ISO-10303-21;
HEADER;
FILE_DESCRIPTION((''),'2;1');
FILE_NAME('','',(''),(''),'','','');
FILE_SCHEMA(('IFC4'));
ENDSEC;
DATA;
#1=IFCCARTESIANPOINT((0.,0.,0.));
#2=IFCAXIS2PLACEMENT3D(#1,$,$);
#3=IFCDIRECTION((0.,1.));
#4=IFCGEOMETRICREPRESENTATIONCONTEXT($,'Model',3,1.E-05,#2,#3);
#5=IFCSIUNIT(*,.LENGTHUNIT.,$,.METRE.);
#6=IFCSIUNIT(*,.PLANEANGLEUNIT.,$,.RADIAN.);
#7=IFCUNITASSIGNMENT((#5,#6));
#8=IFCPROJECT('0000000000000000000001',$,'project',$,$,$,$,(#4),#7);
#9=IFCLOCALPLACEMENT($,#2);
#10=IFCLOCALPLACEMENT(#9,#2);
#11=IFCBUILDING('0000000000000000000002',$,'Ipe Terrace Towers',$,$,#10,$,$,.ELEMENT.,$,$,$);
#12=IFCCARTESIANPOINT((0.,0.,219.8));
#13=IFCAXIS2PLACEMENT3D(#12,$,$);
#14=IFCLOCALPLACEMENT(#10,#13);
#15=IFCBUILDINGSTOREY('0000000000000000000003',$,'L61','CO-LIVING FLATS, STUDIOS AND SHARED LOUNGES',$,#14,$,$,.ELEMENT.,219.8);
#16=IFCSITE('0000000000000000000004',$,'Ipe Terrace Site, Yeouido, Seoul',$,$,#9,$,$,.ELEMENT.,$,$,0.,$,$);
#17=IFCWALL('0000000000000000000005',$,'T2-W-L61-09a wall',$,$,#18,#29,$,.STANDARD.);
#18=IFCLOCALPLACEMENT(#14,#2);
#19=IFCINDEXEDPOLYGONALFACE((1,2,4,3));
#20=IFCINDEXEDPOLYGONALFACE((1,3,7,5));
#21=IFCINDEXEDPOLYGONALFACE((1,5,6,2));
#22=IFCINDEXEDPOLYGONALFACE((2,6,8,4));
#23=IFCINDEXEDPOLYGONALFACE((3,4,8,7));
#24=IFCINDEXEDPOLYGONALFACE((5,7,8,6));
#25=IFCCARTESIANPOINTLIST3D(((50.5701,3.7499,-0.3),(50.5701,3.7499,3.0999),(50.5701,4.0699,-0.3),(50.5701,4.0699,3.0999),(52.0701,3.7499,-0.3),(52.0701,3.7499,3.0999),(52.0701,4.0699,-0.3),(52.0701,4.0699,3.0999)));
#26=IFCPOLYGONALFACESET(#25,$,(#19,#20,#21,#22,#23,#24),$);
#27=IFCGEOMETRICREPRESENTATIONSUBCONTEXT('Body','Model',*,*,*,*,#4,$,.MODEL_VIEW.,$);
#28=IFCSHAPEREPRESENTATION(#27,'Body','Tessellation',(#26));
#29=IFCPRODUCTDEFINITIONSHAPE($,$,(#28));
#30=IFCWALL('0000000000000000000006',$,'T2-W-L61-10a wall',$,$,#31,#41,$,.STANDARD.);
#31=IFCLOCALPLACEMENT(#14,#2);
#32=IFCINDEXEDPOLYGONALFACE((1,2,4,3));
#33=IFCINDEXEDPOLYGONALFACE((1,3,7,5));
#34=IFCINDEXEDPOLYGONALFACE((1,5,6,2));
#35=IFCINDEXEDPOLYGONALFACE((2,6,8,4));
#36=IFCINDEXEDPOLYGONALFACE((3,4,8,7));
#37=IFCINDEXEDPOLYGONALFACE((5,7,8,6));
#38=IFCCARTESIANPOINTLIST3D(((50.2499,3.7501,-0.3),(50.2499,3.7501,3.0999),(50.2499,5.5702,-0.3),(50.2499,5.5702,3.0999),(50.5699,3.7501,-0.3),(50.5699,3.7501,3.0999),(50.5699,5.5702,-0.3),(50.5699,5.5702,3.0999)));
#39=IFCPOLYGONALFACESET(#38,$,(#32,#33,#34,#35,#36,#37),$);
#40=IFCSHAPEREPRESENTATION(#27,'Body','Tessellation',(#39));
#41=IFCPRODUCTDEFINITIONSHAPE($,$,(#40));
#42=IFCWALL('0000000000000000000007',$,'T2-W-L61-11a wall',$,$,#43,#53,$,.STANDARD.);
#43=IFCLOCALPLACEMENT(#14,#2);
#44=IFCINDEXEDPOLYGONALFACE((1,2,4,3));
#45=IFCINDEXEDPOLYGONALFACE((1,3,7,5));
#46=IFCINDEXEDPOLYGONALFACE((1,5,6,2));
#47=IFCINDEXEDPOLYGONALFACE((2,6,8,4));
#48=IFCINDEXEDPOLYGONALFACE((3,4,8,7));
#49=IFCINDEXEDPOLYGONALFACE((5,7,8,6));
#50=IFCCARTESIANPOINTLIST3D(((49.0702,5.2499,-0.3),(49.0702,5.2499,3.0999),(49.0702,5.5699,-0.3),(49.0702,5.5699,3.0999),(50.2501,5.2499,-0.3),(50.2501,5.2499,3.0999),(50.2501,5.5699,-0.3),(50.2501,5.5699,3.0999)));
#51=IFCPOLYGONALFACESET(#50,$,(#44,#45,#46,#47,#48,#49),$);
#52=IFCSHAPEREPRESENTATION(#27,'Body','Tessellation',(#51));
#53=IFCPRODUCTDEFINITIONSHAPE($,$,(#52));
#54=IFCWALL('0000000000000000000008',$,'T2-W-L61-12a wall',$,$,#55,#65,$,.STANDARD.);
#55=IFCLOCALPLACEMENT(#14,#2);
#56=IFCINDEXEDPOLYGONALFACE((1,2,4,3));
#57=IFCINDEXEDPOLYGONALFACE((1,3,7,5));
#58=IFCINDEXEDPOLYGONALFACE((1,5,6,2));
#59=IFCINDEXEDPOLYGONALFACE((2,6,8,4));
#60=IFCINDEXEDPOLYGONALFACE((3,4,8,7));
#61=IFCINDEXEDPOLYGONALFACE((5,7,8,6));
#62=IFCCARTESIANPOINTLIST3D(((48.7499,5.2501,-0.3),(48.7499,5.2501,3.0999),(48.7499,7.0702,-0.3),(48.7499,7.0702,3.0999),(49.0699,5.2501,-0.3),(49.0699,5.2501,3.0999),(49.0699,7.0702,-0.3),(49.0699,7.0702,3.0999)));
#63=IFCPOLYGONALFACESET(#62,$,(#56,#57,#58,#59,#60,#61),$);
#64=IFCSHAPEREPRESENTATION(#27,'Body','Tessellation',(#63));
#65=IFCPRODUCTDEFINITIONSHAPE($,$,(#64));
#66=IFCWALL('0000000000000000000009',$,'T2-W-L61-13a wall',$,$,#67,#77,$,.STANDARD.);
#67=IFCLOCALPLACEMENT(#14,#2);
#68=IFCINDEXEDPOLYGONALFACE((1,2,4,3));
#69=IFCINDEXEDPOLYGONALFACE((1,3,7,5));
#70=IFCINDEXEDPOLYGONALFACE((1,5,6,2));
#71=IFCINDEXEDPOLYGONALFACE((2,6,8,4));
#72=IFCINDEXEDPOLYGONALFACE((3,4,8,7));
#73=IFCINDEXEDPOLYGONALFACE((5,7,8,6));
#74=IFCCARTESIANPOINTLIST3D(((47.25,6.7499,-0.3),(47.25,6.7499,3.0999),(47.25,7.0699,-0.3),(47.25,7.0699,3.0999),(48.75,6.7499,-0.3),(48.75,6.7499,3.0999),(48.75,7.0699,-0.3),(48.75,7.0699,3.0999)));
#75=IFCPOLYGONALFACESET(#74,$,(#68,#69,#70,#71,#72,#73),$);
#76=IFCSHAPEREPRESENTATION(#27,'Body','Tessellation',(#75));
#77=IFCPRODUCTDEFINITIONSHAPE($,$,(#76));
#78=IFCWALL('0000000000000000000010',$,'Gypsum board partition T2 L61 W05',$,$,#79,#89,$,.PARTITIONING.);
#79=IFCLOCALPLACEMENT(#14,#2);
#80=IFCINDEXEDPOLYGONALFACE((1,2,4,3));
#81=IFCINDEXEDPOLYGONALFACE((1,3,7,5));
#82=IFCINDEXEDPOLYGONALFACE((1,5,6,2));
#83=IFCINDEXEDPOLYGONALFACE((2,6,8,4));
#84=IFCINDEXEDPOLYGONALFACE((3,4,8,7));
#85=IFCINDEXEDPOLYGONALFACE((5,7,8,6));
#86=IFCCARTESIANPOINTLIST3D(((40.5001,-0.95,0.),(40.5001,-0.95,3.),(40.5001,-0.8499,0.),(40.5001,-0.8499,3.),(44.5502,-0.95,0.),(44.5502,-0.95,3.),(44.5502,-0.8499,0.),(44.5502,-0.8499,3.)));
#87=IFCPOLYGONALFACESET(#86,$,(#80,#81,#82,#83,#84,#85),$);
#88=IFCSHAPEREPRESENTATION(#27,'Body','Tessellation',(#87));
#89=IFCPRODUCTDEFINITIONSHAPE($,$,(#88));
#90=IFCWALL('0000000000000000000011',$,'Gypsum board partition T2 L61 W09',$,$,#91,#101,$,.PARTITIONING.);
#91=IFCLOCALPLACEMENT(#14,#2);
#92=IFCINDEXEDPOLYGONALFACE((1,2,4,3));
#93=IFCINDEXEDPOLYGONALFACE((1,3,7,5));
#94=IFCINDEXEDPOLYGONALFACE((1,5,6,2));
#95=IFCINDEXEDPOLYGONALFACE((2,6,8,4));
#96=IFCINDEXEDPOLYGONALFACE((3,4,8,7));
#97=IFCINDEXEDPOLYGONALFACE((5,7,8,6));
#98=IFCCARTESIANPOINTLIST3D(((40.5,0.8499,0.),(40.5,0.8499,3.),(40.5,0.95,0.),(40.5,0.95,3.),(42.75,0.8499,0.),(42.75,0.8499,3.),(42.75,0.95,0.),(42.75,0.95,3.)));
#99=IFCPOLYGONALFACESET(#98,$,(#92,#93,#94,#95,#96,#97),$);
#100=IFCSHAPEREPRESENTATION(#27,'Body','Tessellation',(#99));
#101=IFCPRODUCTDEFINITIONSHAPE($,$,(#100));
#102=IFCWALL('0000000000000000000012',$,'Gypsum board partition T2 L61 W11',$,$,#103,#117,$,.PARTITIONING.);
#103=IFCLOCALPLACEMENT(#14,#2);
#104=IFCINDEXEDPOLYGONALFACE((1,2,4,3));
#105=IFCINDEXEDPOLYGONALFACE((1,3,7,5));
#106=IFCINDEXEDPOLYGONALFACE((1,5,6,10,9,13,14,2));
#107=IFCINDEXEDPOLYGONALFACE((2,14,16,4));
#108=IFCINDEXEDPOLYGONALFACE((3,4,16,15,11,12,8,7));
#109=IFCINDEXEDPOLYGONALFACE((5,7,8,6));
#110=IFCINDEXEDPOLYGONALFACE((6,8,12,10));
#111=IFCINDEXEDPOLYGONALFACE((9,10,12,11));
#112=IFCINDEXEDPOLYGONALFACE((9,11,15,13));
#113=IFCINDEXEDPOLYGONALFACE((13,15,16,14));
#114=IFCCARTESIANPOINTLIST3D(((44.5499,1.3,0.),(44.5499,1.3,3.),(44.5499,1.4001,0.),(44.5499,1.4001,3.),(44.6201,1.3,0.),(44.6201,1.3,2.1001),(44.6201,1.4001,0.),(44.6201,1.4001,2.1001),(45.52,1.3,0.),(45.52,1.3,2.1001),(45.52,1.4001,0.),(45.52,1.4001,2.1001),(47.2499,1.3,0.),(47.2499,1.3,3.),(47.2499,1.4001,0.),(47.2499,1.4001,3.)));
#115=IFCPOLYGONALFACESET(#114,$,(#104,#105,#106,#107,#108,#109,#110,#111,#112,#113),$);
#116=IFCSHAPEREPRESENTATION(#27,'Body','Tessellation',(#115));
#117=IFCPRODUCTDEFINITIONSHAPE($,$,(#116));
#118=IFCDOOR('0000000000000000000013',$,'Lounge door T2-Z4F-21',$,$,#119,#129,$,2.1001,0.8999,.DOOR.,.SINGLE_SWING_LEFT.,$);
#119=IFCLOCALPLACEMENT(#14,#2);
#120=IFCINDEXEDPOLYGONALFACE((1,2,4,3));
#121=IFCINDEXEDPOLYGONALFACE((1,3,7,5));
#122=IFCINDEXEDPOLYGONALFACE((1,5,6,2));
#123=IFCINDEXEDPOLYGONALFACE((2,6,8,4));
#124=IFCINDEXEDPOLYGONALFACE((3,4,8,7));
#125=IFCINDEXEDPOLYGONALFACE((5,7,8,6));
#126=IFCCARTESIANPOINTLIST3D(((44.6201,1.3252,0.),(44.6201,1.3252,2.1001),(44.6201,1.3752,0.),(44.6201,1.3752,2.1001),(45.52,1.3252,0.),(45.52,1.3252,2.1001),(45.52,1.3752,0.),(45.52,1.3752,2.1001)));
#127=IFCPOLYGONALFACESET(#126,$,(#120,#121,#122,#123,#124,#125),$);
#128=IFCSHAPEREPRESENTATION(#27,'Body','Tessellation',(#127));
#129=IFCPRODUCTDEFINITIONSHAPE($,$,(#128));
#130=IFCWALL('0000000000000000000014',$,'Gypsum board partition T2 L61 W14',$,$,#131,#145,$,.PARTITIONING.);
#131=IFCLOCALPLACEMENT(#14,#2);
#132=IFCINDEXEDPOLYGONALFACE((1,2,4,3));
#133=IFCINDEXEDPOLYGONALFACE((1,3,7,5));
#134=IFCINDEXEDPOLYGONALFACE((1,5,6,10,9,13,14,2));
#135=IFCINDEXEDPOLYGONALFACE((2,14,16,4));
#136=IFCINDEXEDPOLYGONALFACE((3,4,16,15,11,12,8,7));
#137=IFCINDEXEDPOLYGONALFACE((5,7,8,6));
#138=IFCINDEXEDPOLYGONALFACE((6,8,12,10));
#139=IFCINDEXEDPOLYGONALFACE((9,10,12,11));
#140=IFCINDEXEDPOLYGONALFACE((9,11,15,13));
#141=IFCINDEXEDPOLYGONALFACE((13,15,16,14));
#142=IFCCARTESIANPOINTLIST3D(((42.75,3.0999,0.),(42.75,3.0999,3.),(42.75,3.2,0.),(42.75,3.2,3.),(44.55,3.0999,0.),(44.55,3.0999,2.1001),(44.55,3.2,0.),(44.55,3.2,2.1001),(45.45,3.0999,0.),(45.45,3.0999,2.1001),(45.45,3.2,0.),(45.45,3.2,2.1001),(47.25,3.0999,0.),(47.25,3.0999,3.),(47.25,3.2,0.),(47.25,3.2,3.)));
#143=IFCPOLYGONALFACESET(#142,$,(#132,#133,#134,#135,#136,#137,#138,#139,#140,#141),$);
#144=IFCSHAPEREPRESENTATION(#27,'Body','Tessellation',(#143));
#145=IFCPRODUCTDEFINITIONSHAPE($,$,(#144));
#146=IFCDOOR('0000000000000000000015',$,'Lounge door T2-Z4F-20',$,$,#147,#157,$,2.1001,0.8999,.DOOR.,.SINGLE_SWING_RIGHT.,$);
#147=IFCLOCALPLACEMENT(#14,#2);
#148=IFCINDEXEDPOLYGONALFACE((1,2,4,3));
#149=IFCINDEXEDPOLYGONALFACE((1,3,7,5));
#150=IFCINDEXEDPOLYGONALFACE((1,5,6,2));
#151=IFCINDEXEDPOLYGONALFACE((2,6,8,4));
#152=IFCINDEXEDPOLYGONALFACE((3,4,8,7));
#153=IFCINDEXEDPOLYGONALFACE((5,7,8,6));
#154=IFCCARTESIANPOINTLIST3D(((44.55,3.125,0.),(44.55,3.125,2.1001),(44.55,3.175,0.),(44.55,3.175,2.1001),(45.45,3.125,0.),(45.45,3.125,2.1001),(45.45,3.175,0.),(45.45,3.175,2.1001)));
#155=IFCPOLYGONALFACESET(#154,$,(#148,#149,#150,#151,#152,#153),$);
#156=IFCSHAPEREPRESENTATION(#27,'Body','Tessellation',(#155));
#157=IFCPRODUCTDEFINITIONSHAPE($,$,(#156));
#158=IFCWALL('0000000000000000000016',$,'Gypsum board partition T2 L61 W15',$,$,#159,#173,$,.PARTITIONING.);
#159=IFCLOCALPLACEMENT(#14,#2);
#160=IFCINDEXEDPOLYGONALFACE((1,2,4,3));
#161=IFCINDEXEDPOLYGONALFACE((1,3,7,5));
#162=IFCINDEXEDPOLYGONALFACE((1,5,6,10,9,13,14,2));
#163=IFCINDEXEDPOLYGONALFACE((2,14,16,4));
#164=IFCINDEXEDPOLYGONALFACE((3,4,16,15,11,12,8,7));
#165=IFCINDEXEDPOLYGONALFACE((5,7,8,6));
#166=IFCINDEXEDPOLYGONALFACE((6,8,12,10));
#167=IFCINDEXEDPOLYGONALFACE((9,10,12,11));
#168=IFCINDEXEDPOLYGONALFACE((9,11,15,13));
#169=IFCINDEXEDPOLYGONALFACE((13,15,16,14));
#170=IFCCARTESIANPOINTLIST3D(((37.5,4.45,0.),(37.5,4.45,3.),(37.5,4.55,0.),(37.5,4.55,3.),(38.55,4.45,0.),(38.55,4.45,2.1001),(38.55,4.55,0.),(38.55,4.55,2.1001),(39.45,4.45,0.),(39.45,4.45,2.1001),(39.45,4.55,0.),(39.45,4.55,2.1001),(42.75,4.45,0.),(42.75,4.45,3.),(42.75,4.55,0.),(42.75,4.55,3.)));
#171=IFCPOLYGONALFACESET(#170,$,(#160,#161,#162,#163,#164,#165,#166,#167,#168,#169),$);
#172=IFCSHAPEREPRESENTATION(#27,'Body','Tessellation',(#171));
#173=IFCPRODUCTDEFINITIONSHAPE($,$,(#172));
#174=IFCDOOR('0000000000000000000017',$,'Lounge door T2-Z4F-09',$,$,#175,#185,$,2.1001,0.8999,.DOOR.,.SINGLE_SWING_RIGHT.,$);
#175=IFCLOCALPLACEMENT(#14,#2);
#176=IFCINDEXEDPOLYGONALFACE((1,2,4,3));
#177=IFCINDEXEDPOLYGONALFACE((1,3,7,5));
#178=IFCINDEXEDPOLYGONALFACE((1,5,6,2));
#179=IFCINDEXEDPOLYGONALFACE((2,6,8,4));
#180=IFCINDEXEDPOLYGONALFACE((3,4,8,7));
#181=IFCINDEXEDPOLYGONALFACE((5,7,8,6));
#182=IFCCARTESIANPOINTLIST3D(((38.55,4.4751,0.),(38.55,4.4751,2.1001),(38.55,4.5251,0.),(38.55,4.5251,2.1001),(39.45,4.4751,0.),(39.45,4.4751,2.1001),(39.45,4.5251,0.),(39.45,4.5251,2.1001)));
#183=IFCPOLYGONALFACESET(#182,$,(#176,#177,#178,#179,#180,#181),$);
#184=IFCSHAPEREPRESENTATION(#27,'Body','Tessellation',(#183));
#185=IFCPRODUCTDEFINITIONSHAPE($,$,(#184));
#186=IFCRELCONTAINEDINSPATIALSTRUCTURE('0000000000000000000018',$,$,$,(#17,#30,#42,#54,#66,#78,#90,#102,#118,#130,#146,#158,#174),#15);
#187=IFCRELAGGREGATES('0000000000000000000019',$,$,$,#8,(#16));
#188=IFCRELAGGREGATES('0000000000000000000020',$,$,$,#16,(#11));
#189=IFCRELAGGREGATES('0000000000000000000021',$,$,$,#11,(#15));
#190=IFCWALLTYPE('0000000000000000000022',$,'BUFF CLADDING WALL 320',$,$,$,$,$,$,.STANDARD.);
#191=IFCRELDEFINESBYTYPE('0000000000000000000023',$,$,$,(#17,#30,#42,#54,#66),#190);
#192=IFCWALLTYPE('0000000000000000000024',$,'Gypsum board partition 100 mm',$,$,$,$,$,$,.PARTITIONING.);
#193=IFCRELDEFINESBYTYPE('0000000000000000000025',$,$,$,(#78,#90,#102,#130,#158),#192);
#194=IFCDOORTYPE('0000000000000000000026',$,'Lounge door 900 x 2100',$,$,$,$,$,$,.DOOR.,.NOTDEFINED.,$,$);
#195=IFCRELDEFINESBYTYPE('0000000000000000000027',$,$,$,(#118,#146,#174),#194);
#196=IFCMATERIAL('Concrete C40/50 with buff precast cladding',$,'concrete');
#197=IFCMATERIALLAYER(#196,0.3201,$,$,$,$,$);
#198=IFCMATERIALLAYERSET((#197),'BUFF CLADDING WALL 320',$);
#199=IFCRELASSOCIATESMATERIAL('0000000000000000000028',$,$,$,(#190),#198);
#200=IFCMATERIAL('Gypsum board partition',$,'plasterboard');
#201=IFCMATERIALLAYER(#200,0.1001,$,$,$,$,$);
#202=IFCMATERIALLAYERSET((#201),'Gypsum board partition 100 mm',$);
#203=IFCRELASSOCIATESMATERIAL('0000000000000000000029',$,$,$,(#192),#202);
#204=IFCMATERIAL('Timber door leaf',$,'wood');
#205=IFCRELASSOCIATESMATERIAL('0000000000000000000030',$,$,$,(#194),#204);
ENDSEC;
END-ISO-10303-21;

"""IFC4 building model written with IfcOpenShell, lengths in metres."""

from ifc_helpers import new_model, si_unit, direction, frame, frame_2d, origin, place, context, subcontext, project, spatial, rectangle, extrude, material, layer, layer_set, type_object, element, fill, save


model = new_model("IFC4")

# Units and contexts
model_context = context("Model", 3, precision=1e-05, world=origin(), true_north=direction((0.0, 1.0)))
body_context = subcontext(model_context, "Body", "Model", "MODEL_VIEW")
ifc_project = project(units=[si_unit("LENGTHUNIT", "METRE"), si_unit("PLANEANGLEUNIT", "RADIAN")], contexts=[model_context])

# Site, building, storey
site_placement = place(None, origin())
site = spatial("IfcSite", under=ifc_project, at=site_placement, Name="Ipe Terrace Site, Yeouido, Seoul", CompositionType="ELEMENT", RefElevation=0.0)
building_placement = place(site_placement, origin())
building = spatial("IfcBuilding", under=site, at=building_placement, Name="Ipe Terrace Towers", CompositionType="ELEMENT")
storey_placement = place(building_placement, frame((0.0, 0.0, 219.8)))
storey = spatial("IfcBuildingStorey", under=building, at=storey_placement, Name="L61", Description="CO-LIVING FLATS, STUDIOS AND SHARED LOUNGES", CompositionType="ELEMENT", Elevation=219.8)

# Walls
ifc_material_1 = material(Name="Concrete C40/50 with buff precast cladding", Category="concrete")
ifc_layer_1 = layer(ifc_material_1, 0.3201)
ifc_layer_set_1 = layer_set([ifc_layer_1], Name="BUFF CLADDING WALL 320")
wall_type_1 = type_object("IfcWallType", Name="BUFF CLADDING WALL 320", PredefinedType="STANDARD", material=ifc_layer_set_1)
wall_1_placement = place(storey_placement, frame((52.0701, 3.9099, -0.3), z_axis=(0.0, 0.0, 1.0), x_axis=(-1.0, 0.0, 0.0)))
element("IfcWall", 1, at=wall_1_placement, inside=storey, type_object=wall_type_1, Name="T2-W-L61-09a wall", PredefinedType="STANDARD", context=body_context, shape_type="SweptSolid", body=[
    extrude(rectangle(XDim=1.5, YDim=0.3201, at=frame_2d((0.75, 0.0))), origin(), (0.0, 0.0, 1.0), 3.3999),
])
wall_2_placement = place(storey_placement, frame((50.4099, 3.75, -0.3), z_axis=(0.0, 0.0, 1.0), x_axis=(0.0, 1.0, 0.0)))
element("IfcWall", 2, at=wall_2_placement, inside=storey, type_object=wall_type_1, Name="T2-W-L61-10a wall", PredefinedType="STANDARD", context=body_context, shape_type="SweptSolid", body=[
    extrude(rectangle(XDim=1.8201, YDim=0.3201, at=frame_2d((0.9102, 0.0))), origin(), (0.0, 0.0, 1.0), 3.3999),
])
wall_3_placement = place(storey_placement, frame((50.25, 5.4099, -0.3), z_axis=(0.0, 0.0, 1.0), x_axis=(-1.0, 0.0, 0.0)))
element("IfcWall", 3, at=wall_3_placement, inside=storey, type_object=wall_type_1, Name="T2-W-L61-11a wall", PredefinedType="STANDARD", context=body_context, shape_type="SweptSolid", body=[
    extrude(rectangle(XDim=1.1799, YDim=0.3201, at=frame_2d((0.5898, 0.0))), origin(), (0.0, 0.0, 1.0), 3.3999),
])
wall_4_placement = place(storey_placement, frame((48.9099, 5.25, -0.3), z_axis=(0.0, 0.0, 1.0), x_axis=(0.0, 1.0, 0.0)))
element("IfcWall", 4, at=wall_4_placement, inside=storey, type_object=wall_type_1, Name="T2-W-L61-12a wall", PredefinedType="STANDARD", context=body_context, shape_type="SweptSolid", body=[
    extrude(rectangle(XDim=1.8201, YDim=0.3201, at=frame_2d((0.9102, 0.0))), origin(), (0.0, 0.0, 1.0), 3.3999),
])
wall_5_placement = place(storey_placement, frame((48.75, 6.9099, -0.3), z_axis=(0.0, 0.0, 1.0), x_axis=(-1.0, 0.0, 0.0)))
element("IfcWall", 5, at=wall_5_placement, inside=storey, type_object=wall_type_1, Name="T2-W-L61-13a wall", PredefinedType="STANDARD", context=body_context, shape_type="SweptSolid", body=[
    extrude(rectangle(XDim=1.5, YDim=0.3201, at=frame_2d((0.75, 0.0))), origin(), (0.0, 0.0, 1.0), 3.3999),
])
ifc_material_2 = material(Name="Gypsum board partition", Category="plasterboard")
ifc_layer_2 = layer(ifc_material_2, 0.1001)
ifc_layer_set_2 = layer_set([ifc_layer_2], Name="Gypsum board partition 100 mm")
wall_type_2 = type_object("IfcWallType", Name="Gypsum board partition 100 mm", PredefinedType="PARTITIONING", material=ifc_layer_set_2)
wall_6_placement = place(storey_placement, frame((44.55, -0.8999, 0.0), z_axis=(0.0, 0.0, 1.0), x_axis=(-1.0, 0.0, 0.0)))
element("IfcWall", 6, at=wall_6_placement, inside=storey, type_object=wall_type_2, Name="Gypsum board partition T2 L61 W05", PredefinedType="PARTITIONING", context=body_context, shape_type="SweptSolid", body=[
    extrude(rectangle(XDim=4.05, YDim=0.1001, at=frame_2d((2.0249, 0.0))), origin(), (0.0, 0.0, 1.0), 3.0),
])
wall_7_placement = place(storey_placement, frame((42.75, 0.8999, 0.0), z_axis=(0.0, 0.0, 1.0), x_axis=(-1.0, 0.0, 0.0)))
element("IfcWall", 7, at=wall_7_placement, inside=storey, type_object=wall_type_2, Name="Gypsum board partition T2 L61 W09", PredefinedType="PARTITIONING", context=body_context, shape_type="SweptSolid", body=[
    extrude(rectangle(XDim=2.25, YDim=0.1001, at=frame_2d((1.125, 0.0))), origin(), (0.0, 0.0, 1.0), 3.0),
])

# Walls, openings, doors
wall_8_placement = place(storey_placement, frame((47.25, 1.3501, 0.0), z_axis=(0.0, 0.0, 1.0), x_axis=(-1.0, 0.0, 0.0)))
wall_8 = element("IfcWall", 8, at=wall_8_placement, inside=storey, type_object=wall_type_2, Name="Gypsum board partition T2 L61 W11", PredefinedType="PARTITIONING", context=body_context, shape_type="SweptSolid", body=[
    extrude(rectangle(XDim=2.7, YDim=0.1001, at=frame_2d((1.3501, 0.0))), origin(), (0.0, 0.0, 1.0), 3.0),
])
opening_1_placement = place(wall_8_placement, frame((1.73, 0.0, 0.0)))
opening_1 = element("IfcOpeningElement", 9, at=opening_1_placement, cuts=wall_8, PredefinedType="OPENING", context=body_context, shape_type="SweptSolid", body=[
    extrude(rectangle(XDim=0.8999, YDim=2.1001, at=frame_2d((0.45, 1.05))), frame((0.0, 0.0601, 0.0), z_axis=(0.0, -1.0, 0.0), x_axis=(1.0, 0.0, 0.0)), (0.0, 0.0, 1.0), 0.1201),
])
ifc_material_3 = material(Name="Timber door leaf", Category="wood")
door_type_1 = type_object("IfcDoorType", Name="Lounge door 900 x 2100", OperationType="NOTDEFINED", PredefinedType="DOOR", material=ifc_material_3)
door_1_placement = place(opening_1_placement, origin())
door_1 = element("IfcDoor", 10, at=door_1_placement, inside=storey, type_object=door_type_1, Name="Lounge door T2-Z4F-21", OperationType="SINGLE_SWING_LEFT", OverallHeight=2.1001, OverallWidth=0.8999, PredefinedType="DOOR", context=body_context, shape_type="SweptSolid", body=[
    extrude(rectangle(XDim=0.8999, YDim=2.1001, at=frame_2d((0.45, 1.05))), frame((0.0, 0.0249, 0.0), z_axis=(0.0, -1.0, 0.0), x_axis=(1.0, 0.0, 0.0)), (0.0, 0.0, 1.0), 0.05),
])
fill(opening_1, door_1)
wall_9_placement = place(storey_placement, frame((47.25, 3.1499, 0.0), z_axis=(0.0, 0.0, 1.0), x_axis=(-1.0, 0.0, 0.0)))
wall_9 = element("IfcWall", 11, at=wall_9_placement, inside=storey, type_object=wall_type_2, Name="Gypsum board partition T2 L61 W14", PredefinedType="PARTITIONING", context=body_context, shape_type="SweptSolid", body=[
    extrude(rectangle(XDim=4.5, YDim=0.1001, at=frame_2d((2.25, 0.0))), origin(), (0.0, 0.0, 1.0), 3.0),
])
opening_2_placement = place(wall_9_placement, frame((1.8, 0.0, 0.0)))
opening_2 = element("IfcOpeningElement", 12, at=opening_2_placement, cuts=wall_9, PredefinedType="OPENING", context=body_context, shape_type="SweptSolid", body=[
    extrude(rectangle(XDim=0.8999, YDim=2.1001, at=frame_2d((0.45, 1.05))), frame((0.0, 0.0601, 0.0), z_axis=(0.0, -1.0, 0.0), x_axis=(1.0, 0.0, 0.0)), (0.0, 0.0, 1.0), 0.1201),
])
door_2_placement = place(opening_2_placement, origin())
door_2 = element("IfcDoor", 13, at=door_2_placement, inside=storey, type_object=door_type_1, Name="Lounge door T2-Z4F-20", OperationType="SINGLE_SWING_RIGHT", OverallHeight=2.1001, OverallWidth=0.8999, PredefinedType="DOOR", context=body_context, shape_type="SweptSolid", body=[
    extrude(rectangle(XDim=0.8999, YDim=2.1001, at=frame_2d((0.45, 1.05))), frame((0.0, 0.0249, 0.0), z_axis=(0.0, -1.0, 0.0), x_axis=(1.0, 0.0, 0.0)), (0.0, 0.0, 1.0), 0.05),
])
fill(opening_2, door_2)
wall_10_placement = place(storey_placement, frame((42.75, 4.5, 0.0), z_axis=(0.0, 0.0, 1.0), x_axis=(-1.0, 0.0, 0.0)))
wall_10 = element("IfcWall", 14, at=wall_10_placement, inside=storey, type_object=wall_type_2, Name="Gypsum board partition T2 L61 W15", PredefinedType="PARTITIONING", context=body_context, shape_type="SweptSolid", body=[
    extrude(rectangle(XDim=5.25, YDim=0.1001, at=frame_2d((2.625, 0.0))), origin(), (0.0, 0.0, 1.0), 3.0),
])
opening_3_placement = place(wall_10_placement, frame((3.3, 0.0, 0.0)))
opening_3 = element("IfcOpeningElement", 15, at=opening_3_placement, cuts=wall_10, PredefinedType="OPENING", context=body_context, shape_type="SweptSolid", body=[
    extrude(rectangle(XDim=0.8999, YDim=2.1001, at=frame_2d((0.45, 1.05))), frame((0.0, 0.0601, 0.0), z_axis=(0.0, -1.0, 0.0), x_axis=(1.0, 0.0, 0.0)), (0.0, 0.0, 1.0), 0.1201),
])
door_3_placement = place(opening_3_placement, origin())
door_3 = element("IfcDoor", 16, at=door_3_placement, inside=storey, type_object=door_type_1, Name="Lounge door T2-Z4F-09", OperationType="SINGLE_SWING_RIGHT", OverallHeight=2.1001, OverallWidth=0.8999, PredefinedType="DOOR", context=body_context, shape_type="SweptSolid", body=[
    extrude(rectangle(XDim=0.8999, YDim=2.1001, at=frame_2d((0.45, 1.05))), frame((0.0, 0.0249, 0.0), z_axis=(0.0, -1.0, 0.0), x_axis=(1.0, 0.0, 0.0)), (0.0, 0.0, 1.0), 0.05),
])
fill(opening_3, door_3)

save(model, "model.ifc")
